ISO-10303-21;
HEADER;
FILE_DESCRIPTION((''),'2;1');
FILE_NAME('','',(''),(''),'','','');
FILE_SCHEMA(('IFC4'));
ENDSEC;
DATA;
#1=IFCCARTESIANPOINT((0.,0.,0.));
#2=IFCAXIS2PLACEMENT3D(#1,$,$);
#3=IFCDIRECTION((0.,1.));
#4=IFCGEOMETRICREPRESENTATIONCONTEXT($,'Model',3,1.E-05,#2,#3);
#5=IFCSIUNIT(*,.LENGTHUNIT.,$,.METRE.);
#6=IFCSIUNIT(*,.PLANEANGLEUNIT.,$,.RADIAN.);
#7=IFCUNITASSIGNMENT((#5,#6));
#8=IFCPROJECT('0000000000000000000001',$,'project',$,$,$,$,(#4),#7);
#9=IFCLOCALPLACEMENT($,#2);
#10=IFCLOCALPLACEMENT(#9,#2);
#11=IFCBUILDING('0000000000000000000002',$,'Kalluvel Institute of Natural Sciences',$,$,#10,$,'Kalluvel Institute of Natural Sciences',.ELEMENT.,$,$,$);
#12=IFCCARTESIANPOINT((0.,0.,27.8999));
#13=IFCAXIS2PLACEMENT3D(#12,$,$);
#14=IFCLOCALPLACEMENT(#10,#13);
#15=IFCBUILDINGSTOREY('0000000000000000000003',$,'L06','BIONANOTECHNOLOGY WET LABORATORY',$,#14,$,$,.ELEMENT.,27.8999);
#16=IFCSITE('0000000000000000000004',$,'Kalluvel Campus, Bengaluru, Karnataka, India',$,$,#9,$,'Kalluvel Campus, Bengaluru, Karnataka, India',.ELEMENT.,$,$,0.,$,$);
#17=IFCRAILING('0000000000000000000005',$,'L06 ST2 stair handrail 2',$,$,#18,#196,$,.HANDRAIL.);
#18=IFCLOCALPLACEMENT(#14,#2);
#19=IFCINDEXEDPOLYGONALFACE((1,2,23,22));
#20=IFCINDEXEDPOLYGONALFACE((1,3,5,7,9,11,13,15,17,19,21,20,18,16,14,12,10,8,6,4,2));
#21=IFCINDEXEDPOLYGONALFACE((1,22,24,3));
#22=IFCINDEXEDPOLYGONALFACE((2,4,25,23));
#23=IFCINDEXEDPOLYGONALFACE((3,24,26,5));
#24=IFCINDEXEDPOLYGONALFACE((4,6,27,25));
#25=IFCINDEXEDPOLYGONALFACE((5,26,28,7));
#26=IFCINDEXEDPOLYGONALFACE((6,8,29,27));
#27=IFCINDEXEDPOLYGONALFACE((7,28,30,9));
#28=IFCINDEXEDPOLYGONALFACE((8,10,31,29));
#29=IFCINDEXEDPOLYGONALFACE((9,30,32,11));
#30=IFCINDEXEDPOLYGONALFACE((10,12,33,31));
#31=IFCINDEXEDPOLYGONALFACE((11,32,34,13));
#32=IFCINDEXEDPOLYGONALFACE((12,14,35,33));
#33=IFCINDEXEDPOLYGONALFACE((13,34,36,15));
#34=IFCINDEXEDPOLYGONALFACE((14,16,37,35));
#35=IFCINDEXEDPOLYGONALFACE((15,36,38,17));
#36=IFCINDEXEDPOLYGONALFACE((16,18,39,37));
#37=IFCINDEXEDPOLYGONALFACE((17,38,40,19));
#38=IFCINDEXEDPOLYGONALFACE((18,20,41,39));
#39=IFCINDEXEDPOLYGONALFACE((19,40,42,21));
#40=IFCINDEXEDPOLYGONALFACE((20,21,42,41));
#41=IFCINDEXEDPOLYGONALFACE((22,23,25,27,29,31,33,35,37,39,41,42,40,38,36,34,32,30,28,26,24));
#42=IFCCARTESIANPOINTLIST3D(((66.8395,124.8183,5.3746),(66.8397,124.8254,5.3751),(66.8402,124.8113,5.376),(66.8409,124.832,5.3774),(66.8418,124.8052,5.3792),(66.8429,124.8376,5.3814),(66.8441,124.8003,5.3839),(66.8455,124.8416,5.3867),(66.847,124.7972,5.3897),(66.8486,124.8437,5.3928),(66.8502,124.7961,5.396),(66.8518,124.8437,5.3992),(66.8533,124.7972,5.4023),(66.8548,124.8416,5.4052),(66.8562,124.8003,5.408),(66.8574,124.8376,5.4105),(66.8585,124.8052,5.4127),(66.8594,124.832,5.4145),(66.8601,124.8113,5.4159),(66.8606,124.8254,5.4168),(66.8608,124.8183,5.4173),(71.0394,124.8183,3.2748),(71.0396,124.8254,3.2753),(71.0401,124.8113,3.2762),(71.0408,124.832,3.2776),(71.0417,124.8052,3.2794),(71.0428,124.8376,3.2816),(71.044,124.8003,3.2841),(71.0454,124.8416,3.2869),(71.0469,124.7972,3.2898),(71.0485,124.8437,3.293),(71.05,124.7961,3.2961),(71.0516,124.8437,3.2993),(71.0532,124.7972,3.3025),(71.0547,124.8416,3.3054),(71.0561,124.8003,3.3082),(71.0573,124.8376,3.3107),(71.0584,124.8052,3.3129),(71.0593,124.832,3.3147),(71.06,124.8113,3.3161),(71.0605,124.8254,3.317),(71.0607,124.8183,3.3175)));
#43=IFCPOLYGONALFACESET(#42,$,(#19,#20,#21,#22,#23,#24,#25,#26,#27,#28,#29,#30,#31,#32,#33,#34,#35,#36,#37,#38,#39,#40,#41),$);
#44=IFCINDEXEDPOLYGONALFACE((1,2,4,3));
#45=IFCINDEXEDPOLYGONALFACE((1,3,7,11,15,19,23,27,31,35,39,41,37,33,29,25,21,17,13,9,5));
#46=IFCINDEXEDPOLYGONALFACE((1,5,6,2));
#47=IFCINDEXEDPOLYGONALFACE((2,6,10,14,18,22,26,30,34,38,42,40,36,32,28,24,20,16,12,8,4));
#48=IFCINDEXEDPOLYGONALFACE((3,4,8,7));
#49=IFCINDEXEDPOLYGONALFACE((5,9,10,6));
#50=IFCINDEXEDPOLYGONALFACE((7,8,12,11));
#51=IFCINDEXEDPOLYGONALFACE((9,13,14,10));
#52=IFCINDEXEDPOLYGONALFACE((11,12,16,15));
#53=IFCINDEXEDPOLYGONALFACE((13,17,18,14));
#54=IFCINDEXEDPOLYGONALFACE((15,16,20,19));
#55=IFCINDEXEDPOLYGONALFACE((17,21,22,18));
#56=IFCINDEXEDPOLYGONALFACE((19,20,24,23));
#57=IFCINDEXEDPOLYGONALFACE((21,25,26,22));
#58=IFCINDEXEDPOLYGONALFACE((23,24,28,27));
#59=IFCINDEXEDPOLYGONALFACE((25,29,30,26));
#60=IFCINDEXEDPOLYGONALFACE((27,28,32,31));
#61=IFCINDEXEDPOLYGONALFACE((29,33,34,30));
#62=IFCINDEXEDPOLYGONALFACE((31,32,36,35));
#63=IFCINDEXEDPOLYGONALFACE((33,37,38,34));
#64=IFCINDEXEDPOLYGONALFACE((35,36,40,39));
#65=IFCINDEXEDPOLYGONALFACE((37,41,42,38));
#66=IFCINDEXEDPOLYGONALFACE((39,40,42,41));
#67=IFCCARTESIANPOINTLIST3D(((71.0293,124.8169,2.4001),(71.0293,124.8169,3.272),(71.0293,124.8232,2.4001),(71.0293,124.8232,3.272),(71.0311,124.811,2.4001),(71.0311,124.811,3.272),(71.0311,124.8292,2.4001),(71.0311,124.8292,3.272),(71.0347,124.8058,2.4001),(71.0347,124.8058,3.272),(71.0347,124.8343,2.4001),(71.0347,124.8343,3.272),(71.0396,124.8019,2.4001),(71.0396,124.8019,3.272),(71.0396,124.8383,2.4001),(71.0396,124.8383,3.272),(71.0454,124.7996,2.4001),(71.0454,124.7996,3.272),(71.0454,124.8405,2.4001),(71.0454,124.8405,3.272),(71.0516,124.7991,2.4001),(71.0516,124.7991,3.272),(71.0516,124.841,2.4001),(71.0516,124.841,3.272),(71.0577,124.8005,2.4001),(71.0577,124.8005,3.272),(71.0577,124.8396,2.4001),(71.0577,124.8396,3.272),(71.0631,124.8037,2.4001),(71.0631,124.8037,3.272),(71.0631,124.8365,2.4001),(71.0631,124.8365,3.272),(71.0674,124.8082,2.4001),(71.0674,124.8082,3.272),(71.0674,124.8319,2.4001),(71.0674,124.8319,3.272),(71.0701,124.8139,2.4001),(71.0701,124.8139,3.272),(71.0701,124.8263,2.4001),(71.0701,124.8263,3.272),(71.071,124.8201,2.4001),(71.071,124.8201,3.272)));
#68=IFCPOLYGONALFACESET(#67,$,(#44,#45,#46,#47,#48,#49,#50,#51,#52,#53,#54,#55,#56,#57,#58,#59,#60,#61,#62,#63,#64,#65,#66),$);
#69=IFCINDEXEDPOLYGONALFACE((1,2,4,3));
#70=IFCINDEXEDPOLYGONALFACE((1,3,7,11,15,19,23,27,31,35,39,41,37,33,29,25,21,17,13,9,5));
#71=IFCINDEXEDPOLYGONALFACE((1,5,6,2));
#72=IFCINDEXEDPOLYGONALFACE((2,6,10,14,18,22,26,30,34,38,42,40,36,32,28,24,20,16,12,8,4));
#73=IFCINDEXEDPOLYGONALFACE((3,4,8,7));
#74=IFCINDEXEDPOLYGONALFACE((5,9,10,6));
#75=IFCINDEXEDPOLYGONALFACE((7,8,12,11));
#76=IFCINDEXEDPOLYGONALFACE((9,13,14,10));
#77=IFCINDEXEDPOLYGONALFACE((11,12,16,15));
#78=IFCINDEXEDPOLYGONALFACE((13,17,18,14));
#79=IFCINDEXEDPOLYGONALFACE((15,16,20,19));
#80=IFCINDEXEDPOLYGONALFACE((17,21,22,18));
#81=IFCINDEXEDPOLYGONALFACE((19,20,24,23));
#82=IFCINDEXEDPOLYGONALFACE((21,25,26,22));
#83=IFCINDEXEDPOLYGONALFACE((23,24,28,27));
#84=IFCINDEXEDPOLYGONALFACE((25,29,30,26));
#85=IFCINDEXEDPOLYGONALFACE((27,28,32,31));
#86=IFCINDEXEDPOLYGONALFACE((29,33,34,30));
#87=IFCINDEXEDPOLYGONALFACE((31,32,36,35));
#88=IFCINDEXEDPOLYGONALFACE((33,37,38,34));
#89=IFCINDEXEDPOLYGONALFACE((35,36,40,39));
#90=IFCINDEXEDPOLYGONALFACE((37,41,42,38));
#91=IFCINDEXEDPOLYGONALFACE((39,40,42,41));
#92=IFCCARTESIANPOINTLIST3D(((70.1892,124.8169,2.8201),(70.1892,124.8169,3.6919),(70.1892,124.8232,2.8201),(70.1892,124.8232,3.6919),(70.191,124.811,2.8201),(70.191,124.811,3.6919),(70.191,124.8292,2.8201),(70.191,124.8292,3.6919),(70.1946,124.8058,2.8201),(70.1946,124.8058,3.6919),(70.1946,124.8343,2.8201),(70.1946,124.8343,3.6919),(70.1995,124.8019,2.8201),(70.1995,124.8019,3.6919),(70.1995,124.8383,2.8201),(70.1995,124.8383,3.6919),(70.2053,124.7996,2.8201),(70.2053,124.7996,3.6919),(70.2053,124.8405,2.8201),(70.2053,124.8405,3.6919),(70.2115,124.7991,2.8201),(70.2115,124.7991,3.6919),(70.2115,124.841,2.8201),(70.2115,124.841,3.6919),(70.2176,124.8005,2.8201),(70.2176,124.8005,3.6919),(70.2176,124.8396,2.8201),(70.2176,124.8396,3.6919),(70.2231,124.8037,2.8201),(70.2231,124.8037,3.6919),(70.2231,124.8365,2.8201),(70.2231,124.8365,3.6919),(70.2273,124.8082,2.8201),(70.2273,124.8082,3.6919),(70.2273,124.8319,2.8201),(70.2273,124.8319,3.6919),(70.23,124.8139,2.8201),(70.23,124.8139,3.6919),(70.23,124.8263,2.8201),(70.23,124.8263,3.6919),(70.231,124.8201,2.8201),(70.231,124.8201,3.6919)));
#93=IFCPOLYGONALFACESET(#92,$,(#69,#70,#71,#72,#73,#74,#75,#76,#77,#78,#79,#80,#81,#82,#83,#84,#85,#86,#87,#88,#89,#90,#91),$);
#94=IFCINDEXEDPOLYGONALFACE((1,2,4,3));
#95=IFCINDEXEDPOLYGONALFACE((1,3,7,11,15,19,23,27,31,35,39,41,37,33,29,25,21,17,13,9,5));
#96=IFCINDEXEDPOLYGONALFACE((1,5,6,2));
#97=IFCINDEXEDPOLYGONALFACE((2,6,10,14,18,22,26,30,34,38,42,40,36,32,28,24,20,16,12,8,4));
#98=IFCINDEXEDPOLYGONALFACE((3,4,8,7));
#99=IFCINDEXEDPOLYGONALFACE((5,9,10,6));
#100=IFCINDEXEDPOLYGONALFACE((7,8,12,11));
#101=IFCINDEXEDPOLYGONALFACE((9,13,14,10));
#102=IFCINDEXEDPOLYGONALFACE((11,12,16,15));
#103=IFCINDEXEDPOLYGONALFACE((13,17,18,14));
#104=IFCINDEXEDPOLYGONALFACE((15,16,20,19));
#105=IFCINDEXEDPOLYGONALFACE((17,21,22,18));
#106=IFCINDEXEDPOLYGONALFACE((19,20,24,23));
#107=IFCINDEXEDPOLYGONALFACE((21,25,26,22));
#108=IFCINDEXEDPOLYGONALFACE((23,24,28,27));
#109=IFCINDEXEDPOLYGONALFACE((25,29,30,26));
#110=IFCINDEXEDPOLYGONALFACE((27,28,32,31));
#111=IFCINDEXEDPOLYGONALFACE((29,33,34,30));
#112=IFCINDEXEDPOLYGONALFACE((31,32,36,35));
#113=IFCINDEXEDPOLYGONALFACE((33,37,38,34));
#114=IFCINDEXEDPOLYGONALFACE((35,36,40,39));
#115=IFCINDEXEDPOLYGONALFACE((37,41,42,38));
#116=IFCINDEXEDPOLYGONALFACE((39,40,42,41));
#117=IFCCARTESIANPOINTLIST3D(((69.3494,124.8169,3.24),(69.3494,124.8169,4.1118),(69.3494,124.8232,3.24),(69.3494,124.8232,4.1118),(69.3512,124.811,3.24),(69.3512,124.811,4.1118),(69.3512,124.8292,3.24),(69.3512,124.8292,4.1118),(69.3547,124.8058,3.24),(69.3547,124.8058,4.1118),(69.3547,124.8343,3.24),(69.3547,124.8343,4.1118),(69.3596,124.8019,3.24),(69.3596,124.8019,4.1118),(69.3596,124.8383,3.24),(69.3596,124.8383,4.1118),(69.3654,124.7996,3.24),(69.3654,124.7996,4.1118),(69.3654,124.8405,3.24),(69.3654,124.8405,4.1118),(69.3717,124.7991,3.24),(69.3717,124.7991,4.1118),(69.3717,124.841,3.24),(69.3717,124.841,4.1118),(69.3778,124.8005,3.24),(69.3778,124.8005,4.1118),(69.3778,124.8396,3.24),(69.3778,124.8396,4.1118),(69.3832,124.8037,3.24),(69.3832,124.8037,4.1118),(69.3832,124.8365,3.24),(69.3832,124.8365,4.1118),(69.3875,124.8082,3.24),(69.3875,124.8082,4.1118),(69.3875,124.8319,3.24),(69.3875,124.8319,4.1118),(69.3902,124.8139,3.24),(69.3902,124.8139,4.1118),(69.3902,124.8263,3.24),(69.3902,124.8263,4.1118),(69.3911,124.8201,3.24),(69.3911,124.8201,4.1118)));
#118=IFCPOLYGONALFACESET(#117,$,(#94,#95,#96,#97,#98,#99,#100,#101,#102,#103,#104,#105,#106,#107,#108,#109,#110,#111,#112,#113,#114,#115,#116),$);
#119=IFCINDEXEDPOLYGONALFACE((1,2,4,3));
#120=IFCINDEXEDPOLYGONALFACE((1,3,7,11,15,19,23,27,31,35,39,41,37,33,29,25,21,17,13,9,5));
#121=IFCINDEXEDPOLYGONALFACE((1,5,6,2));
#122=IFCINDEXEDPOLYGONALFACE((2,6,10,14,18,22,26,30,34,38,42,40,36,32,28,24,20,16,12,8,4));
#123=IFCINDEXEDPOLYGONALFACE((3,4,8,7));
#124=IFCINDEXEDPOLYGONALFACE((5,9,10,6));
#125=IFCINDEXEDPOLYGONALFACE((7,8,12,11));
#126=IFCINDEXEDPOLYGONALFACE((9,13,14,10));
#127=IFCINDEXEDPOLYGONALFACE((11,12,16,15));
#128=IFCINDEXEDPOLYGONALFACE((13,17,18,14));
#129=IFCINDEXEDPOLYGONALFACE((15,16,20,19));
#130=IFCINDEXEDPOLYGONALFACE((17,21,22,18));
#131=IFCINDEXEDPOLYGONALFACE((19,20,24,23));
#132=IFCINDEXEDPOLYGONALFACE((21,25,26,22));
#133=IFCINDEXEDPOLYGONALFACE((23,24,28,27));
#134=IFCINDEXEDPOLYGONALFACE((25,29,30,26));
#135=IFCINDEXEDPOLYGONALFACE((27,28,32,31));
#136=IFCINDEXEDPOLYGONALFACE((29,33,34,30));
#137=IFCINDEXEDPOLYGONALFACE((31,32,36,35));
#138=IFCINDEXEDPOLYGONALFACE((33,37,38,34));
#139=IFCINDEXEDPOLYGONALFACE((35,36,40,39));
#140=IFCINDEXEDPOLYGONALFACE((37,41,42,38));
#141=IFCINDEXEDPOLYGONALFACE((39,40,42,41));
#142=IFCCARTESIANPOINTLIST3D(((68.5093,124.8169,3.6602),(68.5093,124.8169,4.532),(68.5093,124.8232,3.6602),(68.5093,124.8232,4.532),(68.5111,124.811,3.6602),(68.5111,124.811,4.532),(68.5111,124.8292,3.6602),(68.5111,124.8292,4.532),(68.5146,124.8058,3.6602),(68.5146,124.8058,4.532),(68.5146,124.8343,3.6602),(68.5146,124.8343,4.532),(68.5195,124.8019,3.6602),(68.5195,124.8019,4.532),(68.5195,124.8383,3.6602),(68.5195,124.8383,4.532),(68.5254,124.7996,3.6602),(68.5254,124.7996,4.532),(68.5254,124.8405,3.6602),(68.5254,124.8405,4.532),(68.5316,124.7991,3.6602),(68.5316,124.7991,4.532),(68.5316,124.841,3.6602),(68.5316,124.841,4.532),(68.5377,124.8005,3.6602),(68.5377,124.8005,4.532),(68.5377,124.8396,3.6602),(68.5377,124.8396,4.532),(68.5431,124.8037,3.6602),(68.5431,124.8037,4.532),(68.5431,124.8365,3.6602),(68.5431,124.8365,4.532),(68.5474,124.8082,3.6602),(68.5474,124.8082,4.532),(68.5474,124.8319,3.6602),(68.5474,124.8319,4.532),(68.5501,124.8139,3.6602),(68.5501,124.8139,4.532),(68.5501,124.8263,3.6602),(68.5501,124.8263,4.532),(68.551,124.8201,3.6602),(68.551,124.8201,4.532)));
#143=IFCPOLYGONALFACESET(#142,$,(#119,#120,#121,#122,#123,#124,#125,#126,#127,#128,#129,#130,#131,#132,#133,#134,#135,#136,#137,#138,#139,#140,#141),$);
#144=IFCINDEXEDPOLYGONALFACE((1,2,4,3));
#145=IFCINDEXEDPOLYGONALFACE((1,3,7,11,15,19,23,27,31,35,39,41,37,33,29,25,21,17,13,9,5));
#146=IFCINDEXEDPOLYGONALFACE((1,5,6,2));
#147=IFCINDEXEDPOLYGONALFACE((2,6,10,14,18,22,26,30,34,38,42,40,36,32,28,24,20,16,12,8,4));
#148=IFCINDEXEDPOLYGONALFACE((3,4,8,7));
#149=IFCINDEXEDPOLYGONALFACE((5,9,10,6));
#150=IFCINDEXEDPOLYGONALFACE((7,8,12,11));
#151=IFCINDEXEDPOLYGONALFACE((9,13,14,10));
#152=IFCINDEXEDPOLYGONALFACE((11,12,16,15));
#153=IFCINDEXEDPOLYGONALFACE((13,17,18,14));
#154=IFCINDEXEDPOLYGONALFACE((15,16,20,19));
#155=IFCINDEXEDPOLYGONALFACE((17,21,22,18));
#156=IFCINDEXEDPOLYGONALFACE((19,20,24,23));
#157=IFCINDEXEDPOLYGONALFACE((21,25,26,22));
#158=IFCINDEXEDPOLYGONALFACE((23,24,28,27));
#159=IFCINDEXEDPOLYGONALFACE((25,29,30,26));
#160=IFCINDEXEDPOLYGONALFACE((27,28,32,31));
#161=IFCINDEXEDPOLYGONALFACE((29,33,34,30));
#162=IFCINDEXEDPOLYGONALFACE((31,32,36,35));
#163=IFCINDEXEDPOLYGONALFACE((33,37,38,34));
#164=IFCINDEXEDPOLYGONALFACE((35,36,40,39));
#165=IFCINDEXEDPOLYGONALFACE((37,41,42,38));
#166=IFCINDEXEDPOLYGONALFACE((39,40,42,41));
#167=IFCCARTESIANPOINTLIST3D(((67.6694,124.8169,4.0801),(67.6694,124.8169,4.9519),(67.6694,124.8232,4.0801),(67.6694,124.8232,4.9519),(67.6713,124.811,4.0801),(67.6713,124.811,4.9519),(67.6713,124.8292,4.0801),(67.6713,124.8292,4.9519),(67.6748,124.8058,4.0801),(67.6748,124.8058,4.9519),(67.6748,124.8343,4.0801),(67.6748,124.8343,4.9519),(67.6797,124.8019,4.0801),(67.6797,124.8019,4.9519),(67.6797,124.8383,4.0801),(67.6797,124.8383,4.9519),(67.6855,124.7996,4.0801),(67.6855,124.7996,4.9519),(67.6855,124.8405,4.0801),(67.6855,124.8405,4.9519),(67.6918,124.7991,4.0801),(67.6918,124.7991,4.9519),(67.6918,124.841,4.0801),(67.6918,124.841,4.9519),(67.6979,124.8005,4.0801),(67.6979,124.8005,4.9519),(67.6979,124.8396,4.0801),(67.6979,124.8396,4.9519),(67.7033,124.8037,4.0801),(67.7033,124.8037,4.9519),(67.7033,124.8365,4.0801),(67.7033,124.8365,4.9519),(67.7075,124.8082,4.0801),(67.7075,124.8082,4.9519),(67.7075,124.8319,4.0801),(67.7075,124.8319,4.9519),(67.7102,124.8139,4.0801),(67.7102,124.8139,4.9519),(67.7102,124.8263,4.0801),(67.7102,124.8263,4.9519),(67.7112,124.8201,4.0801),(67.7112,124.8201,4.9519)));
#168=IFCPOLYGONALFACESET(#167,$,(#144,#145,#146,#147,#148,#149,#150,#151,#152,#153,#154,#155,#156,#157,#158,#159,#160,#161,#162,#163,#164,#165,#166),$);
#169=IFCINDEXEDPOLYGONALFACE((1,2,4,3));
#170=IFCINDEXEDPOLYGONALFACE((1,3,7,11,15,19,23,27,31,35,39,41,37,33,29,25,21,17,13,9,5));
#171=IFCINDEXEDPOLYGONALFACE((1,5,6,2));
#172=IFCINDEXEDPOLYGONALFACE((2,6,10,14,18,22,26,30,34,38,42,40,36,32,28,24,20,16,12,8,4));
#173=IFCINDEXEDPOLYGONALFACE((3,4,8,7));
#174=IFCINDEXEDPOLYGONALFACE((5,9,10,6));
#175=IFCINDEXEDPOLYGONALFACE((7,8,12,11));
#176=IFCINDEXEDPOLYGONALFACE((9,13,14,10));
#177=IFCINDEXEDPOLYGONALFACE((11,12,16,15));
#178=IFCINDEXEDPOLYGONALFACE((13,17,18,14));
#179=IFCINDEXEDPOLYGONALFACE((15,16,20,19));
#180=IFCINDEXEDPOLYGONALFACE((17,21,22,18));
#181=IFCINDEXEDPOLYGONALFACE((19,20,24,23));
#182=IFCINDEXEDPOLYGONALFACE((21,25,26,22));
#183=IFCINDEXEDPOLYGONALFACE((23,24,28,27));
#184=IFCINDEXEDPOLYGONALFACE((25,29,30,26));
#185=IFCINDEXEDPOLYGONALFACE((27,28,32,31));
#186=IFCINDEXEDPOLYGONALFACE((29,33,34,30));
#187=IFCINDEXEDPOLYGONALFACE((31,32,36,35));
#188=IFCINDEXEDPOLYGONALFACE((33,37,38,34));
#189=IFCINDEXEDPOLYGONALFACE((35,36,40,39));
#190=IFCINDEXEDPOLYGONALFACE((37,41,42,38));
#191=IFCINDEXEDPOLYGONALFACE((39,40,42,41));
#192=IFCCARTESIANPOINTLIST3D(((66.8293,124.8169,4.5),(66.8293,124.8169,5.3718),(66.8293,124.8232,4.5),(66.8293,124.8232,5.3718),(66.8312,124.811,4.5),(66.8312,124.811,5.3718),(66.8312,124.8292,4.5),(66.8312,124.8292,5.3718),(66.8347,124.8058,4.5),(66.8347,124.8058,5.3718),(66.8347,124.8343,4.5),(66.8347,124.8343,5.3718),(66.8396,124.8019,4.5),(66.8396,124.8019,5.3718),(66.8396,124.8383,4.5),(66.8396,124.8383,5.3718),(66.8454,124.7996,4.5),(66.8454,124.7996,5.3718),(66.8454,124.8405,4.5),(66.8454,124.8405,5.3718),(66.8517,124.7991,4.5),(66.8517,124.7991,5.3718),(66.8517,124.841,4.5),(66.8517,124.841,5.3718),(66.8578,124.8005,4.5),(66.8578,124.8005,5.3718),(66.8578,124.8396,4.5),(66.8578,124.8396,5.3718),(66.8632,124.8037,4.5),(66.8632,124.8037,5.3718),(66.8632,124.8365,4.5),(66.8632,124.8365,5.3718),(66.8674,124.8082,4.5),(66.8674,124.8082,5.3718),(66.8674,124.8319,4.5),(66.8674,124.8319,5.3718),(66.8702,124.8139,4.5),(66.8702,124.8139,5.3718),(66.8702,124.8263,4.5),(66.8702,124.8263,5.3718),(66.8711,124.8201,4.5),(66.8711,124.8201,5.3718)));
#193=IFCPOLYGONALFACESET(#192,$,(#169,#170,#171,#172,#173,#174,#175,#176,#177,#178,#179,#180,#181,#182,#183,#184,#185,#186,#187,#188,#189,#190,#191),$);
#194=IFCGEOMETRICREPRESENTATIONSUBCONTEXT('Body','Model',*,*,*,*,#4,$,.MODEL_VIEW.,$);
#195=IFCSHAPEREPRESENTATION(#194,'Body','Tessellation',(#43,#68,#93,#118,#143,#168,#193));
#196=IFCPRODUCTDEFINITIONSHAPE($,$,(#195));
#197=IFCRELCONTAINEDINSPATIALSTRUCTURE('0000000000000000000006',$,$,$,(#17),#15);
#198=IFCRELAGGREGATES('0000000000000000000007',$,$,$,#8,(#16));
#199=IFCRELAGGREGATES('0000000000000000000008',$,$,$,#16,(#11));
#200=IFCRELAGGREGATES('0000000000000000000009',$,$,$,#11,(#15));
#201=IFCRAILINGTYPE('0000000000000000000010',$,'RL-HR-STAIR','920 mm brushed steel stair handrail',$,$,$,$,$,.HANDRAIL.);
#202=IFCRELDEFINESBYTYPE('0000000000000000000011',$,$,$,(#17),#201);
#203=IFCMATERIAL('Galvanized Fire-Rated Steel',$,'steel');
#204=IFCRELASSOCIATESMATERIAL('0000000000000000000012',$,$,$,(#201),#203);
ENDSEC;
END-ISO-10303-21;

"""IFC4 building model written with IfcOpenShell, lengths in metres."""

from ifc_helpers import new_model, si_unit, direction, frame, origin, origin_2d, place, context, subcontext, project, spatial, circle, extrude, material, type_object, element, save


model = new_model("IFC4")

# Units and contexts
model_context = context("Model", 3, precision=1e-05, world=origin(), true_north=direction((0.0, 1.0)))
body_context = subcontext(model_context, "Body", "Model", "MODEL_VIEW")
ifc_project = project(units=[si_unit("LENGTHUNIT", "METRE"), si_unit("PLANEANGLEUNIT", "RADIAN")], contexts=[model_context])

# Site, building, storey
site_placement = place(None, origin())
site = spatial("IfcSite", under=ifc_project, at=site_placement, Name="Kalluvel Campus, Bengaluru, Karnataka, India", LongName="Kalluvel Campus, Bengaluru, Karnataka, India", CompositionType="ELEMENT", RefElevation=0.0)
building_placement = place(site_placement, origin())
building = spatial("IfcBuilding", under=site, at=building_placement, Name="Kalluvel Institute of Natural Sciences", LongName="Kalluvel Institute of Natural Sciences", CompositionType="ELEMENT")
storey_placement = place(building_placement, frame((0.0, 0.0, 27.8999)))
storey = spatial("IfcBuildingStorey", under=building, at=storey_placement, Name="L06", Description="BIONANOTECHNOLOGY WET LABORATORY", CompositionType="ELEMENT", Elevation=27.8999)

# Railing
ifc_material_1 = material(Name="Galvanized Fire-Rated Steel", Category="steel")
railing_type = type_object("IfcRailingType", Name="RL-HR-STAIR", Description="920 mm brushed steel stair handrail", PredefinedType="HANDRAIL", material=ifc_material_1)
railing_placement = place(storey_placement, frame((71.05, 124.8201, 2.4001)))
element("IfcRailing", 1, at=railing_placement, inside=storey, type_object=railing_type, Name="L06 ST2 stair handrail 2", PredefinedType="HANDRAIL", context=body_context, shape_type="SweptSolid", body=[
    extrude(circle(Radius=0.0239, at=origin_2d()), frame((0.0, 0.0, 0.896), z_axis=(-0.894438, 0.0, 0.447193), x_axis=(0.0, -1.0, 0.0)), (0.0, 0.0, 1.0), 4.6956),
    extrude(circle(Radius=0.021, at=origin_2d()), origin(), (0.0, 0.0, 1.0), 0.8718),
    extrude(circle(Radius=0.021, at=origin_2d()), frame((-0.8401, 0.0, 0.4199)), (0.0, 0.0, 1.0), 0.8718),
    extrude(circle(Radius=0.021, at=origin_2d()), frame((-1.6799, 0.0, 0.8398)), (0.0, 0.0, 1.0), 0.8718),
    extrude(circle(Radius=0.021, at=origin_2d()), frame((-2.52, 0.0, 1.26)), (0.0, 0.0, 1.0), 0.8718),
    extrude(circle(Radius=0.021, at=origin_2d()), frame((-3.3599, 0.0, 1.6799)), (0.0, 0.0, 1.0), 0.8718),
    extrude(circle(Radius=0.021, at=origin_2d()), frame((-4.2, 0.0, 2.0999)), (0.0, 0.0, 1.0), 0.8718),
])

save(model, "model.ifc")
